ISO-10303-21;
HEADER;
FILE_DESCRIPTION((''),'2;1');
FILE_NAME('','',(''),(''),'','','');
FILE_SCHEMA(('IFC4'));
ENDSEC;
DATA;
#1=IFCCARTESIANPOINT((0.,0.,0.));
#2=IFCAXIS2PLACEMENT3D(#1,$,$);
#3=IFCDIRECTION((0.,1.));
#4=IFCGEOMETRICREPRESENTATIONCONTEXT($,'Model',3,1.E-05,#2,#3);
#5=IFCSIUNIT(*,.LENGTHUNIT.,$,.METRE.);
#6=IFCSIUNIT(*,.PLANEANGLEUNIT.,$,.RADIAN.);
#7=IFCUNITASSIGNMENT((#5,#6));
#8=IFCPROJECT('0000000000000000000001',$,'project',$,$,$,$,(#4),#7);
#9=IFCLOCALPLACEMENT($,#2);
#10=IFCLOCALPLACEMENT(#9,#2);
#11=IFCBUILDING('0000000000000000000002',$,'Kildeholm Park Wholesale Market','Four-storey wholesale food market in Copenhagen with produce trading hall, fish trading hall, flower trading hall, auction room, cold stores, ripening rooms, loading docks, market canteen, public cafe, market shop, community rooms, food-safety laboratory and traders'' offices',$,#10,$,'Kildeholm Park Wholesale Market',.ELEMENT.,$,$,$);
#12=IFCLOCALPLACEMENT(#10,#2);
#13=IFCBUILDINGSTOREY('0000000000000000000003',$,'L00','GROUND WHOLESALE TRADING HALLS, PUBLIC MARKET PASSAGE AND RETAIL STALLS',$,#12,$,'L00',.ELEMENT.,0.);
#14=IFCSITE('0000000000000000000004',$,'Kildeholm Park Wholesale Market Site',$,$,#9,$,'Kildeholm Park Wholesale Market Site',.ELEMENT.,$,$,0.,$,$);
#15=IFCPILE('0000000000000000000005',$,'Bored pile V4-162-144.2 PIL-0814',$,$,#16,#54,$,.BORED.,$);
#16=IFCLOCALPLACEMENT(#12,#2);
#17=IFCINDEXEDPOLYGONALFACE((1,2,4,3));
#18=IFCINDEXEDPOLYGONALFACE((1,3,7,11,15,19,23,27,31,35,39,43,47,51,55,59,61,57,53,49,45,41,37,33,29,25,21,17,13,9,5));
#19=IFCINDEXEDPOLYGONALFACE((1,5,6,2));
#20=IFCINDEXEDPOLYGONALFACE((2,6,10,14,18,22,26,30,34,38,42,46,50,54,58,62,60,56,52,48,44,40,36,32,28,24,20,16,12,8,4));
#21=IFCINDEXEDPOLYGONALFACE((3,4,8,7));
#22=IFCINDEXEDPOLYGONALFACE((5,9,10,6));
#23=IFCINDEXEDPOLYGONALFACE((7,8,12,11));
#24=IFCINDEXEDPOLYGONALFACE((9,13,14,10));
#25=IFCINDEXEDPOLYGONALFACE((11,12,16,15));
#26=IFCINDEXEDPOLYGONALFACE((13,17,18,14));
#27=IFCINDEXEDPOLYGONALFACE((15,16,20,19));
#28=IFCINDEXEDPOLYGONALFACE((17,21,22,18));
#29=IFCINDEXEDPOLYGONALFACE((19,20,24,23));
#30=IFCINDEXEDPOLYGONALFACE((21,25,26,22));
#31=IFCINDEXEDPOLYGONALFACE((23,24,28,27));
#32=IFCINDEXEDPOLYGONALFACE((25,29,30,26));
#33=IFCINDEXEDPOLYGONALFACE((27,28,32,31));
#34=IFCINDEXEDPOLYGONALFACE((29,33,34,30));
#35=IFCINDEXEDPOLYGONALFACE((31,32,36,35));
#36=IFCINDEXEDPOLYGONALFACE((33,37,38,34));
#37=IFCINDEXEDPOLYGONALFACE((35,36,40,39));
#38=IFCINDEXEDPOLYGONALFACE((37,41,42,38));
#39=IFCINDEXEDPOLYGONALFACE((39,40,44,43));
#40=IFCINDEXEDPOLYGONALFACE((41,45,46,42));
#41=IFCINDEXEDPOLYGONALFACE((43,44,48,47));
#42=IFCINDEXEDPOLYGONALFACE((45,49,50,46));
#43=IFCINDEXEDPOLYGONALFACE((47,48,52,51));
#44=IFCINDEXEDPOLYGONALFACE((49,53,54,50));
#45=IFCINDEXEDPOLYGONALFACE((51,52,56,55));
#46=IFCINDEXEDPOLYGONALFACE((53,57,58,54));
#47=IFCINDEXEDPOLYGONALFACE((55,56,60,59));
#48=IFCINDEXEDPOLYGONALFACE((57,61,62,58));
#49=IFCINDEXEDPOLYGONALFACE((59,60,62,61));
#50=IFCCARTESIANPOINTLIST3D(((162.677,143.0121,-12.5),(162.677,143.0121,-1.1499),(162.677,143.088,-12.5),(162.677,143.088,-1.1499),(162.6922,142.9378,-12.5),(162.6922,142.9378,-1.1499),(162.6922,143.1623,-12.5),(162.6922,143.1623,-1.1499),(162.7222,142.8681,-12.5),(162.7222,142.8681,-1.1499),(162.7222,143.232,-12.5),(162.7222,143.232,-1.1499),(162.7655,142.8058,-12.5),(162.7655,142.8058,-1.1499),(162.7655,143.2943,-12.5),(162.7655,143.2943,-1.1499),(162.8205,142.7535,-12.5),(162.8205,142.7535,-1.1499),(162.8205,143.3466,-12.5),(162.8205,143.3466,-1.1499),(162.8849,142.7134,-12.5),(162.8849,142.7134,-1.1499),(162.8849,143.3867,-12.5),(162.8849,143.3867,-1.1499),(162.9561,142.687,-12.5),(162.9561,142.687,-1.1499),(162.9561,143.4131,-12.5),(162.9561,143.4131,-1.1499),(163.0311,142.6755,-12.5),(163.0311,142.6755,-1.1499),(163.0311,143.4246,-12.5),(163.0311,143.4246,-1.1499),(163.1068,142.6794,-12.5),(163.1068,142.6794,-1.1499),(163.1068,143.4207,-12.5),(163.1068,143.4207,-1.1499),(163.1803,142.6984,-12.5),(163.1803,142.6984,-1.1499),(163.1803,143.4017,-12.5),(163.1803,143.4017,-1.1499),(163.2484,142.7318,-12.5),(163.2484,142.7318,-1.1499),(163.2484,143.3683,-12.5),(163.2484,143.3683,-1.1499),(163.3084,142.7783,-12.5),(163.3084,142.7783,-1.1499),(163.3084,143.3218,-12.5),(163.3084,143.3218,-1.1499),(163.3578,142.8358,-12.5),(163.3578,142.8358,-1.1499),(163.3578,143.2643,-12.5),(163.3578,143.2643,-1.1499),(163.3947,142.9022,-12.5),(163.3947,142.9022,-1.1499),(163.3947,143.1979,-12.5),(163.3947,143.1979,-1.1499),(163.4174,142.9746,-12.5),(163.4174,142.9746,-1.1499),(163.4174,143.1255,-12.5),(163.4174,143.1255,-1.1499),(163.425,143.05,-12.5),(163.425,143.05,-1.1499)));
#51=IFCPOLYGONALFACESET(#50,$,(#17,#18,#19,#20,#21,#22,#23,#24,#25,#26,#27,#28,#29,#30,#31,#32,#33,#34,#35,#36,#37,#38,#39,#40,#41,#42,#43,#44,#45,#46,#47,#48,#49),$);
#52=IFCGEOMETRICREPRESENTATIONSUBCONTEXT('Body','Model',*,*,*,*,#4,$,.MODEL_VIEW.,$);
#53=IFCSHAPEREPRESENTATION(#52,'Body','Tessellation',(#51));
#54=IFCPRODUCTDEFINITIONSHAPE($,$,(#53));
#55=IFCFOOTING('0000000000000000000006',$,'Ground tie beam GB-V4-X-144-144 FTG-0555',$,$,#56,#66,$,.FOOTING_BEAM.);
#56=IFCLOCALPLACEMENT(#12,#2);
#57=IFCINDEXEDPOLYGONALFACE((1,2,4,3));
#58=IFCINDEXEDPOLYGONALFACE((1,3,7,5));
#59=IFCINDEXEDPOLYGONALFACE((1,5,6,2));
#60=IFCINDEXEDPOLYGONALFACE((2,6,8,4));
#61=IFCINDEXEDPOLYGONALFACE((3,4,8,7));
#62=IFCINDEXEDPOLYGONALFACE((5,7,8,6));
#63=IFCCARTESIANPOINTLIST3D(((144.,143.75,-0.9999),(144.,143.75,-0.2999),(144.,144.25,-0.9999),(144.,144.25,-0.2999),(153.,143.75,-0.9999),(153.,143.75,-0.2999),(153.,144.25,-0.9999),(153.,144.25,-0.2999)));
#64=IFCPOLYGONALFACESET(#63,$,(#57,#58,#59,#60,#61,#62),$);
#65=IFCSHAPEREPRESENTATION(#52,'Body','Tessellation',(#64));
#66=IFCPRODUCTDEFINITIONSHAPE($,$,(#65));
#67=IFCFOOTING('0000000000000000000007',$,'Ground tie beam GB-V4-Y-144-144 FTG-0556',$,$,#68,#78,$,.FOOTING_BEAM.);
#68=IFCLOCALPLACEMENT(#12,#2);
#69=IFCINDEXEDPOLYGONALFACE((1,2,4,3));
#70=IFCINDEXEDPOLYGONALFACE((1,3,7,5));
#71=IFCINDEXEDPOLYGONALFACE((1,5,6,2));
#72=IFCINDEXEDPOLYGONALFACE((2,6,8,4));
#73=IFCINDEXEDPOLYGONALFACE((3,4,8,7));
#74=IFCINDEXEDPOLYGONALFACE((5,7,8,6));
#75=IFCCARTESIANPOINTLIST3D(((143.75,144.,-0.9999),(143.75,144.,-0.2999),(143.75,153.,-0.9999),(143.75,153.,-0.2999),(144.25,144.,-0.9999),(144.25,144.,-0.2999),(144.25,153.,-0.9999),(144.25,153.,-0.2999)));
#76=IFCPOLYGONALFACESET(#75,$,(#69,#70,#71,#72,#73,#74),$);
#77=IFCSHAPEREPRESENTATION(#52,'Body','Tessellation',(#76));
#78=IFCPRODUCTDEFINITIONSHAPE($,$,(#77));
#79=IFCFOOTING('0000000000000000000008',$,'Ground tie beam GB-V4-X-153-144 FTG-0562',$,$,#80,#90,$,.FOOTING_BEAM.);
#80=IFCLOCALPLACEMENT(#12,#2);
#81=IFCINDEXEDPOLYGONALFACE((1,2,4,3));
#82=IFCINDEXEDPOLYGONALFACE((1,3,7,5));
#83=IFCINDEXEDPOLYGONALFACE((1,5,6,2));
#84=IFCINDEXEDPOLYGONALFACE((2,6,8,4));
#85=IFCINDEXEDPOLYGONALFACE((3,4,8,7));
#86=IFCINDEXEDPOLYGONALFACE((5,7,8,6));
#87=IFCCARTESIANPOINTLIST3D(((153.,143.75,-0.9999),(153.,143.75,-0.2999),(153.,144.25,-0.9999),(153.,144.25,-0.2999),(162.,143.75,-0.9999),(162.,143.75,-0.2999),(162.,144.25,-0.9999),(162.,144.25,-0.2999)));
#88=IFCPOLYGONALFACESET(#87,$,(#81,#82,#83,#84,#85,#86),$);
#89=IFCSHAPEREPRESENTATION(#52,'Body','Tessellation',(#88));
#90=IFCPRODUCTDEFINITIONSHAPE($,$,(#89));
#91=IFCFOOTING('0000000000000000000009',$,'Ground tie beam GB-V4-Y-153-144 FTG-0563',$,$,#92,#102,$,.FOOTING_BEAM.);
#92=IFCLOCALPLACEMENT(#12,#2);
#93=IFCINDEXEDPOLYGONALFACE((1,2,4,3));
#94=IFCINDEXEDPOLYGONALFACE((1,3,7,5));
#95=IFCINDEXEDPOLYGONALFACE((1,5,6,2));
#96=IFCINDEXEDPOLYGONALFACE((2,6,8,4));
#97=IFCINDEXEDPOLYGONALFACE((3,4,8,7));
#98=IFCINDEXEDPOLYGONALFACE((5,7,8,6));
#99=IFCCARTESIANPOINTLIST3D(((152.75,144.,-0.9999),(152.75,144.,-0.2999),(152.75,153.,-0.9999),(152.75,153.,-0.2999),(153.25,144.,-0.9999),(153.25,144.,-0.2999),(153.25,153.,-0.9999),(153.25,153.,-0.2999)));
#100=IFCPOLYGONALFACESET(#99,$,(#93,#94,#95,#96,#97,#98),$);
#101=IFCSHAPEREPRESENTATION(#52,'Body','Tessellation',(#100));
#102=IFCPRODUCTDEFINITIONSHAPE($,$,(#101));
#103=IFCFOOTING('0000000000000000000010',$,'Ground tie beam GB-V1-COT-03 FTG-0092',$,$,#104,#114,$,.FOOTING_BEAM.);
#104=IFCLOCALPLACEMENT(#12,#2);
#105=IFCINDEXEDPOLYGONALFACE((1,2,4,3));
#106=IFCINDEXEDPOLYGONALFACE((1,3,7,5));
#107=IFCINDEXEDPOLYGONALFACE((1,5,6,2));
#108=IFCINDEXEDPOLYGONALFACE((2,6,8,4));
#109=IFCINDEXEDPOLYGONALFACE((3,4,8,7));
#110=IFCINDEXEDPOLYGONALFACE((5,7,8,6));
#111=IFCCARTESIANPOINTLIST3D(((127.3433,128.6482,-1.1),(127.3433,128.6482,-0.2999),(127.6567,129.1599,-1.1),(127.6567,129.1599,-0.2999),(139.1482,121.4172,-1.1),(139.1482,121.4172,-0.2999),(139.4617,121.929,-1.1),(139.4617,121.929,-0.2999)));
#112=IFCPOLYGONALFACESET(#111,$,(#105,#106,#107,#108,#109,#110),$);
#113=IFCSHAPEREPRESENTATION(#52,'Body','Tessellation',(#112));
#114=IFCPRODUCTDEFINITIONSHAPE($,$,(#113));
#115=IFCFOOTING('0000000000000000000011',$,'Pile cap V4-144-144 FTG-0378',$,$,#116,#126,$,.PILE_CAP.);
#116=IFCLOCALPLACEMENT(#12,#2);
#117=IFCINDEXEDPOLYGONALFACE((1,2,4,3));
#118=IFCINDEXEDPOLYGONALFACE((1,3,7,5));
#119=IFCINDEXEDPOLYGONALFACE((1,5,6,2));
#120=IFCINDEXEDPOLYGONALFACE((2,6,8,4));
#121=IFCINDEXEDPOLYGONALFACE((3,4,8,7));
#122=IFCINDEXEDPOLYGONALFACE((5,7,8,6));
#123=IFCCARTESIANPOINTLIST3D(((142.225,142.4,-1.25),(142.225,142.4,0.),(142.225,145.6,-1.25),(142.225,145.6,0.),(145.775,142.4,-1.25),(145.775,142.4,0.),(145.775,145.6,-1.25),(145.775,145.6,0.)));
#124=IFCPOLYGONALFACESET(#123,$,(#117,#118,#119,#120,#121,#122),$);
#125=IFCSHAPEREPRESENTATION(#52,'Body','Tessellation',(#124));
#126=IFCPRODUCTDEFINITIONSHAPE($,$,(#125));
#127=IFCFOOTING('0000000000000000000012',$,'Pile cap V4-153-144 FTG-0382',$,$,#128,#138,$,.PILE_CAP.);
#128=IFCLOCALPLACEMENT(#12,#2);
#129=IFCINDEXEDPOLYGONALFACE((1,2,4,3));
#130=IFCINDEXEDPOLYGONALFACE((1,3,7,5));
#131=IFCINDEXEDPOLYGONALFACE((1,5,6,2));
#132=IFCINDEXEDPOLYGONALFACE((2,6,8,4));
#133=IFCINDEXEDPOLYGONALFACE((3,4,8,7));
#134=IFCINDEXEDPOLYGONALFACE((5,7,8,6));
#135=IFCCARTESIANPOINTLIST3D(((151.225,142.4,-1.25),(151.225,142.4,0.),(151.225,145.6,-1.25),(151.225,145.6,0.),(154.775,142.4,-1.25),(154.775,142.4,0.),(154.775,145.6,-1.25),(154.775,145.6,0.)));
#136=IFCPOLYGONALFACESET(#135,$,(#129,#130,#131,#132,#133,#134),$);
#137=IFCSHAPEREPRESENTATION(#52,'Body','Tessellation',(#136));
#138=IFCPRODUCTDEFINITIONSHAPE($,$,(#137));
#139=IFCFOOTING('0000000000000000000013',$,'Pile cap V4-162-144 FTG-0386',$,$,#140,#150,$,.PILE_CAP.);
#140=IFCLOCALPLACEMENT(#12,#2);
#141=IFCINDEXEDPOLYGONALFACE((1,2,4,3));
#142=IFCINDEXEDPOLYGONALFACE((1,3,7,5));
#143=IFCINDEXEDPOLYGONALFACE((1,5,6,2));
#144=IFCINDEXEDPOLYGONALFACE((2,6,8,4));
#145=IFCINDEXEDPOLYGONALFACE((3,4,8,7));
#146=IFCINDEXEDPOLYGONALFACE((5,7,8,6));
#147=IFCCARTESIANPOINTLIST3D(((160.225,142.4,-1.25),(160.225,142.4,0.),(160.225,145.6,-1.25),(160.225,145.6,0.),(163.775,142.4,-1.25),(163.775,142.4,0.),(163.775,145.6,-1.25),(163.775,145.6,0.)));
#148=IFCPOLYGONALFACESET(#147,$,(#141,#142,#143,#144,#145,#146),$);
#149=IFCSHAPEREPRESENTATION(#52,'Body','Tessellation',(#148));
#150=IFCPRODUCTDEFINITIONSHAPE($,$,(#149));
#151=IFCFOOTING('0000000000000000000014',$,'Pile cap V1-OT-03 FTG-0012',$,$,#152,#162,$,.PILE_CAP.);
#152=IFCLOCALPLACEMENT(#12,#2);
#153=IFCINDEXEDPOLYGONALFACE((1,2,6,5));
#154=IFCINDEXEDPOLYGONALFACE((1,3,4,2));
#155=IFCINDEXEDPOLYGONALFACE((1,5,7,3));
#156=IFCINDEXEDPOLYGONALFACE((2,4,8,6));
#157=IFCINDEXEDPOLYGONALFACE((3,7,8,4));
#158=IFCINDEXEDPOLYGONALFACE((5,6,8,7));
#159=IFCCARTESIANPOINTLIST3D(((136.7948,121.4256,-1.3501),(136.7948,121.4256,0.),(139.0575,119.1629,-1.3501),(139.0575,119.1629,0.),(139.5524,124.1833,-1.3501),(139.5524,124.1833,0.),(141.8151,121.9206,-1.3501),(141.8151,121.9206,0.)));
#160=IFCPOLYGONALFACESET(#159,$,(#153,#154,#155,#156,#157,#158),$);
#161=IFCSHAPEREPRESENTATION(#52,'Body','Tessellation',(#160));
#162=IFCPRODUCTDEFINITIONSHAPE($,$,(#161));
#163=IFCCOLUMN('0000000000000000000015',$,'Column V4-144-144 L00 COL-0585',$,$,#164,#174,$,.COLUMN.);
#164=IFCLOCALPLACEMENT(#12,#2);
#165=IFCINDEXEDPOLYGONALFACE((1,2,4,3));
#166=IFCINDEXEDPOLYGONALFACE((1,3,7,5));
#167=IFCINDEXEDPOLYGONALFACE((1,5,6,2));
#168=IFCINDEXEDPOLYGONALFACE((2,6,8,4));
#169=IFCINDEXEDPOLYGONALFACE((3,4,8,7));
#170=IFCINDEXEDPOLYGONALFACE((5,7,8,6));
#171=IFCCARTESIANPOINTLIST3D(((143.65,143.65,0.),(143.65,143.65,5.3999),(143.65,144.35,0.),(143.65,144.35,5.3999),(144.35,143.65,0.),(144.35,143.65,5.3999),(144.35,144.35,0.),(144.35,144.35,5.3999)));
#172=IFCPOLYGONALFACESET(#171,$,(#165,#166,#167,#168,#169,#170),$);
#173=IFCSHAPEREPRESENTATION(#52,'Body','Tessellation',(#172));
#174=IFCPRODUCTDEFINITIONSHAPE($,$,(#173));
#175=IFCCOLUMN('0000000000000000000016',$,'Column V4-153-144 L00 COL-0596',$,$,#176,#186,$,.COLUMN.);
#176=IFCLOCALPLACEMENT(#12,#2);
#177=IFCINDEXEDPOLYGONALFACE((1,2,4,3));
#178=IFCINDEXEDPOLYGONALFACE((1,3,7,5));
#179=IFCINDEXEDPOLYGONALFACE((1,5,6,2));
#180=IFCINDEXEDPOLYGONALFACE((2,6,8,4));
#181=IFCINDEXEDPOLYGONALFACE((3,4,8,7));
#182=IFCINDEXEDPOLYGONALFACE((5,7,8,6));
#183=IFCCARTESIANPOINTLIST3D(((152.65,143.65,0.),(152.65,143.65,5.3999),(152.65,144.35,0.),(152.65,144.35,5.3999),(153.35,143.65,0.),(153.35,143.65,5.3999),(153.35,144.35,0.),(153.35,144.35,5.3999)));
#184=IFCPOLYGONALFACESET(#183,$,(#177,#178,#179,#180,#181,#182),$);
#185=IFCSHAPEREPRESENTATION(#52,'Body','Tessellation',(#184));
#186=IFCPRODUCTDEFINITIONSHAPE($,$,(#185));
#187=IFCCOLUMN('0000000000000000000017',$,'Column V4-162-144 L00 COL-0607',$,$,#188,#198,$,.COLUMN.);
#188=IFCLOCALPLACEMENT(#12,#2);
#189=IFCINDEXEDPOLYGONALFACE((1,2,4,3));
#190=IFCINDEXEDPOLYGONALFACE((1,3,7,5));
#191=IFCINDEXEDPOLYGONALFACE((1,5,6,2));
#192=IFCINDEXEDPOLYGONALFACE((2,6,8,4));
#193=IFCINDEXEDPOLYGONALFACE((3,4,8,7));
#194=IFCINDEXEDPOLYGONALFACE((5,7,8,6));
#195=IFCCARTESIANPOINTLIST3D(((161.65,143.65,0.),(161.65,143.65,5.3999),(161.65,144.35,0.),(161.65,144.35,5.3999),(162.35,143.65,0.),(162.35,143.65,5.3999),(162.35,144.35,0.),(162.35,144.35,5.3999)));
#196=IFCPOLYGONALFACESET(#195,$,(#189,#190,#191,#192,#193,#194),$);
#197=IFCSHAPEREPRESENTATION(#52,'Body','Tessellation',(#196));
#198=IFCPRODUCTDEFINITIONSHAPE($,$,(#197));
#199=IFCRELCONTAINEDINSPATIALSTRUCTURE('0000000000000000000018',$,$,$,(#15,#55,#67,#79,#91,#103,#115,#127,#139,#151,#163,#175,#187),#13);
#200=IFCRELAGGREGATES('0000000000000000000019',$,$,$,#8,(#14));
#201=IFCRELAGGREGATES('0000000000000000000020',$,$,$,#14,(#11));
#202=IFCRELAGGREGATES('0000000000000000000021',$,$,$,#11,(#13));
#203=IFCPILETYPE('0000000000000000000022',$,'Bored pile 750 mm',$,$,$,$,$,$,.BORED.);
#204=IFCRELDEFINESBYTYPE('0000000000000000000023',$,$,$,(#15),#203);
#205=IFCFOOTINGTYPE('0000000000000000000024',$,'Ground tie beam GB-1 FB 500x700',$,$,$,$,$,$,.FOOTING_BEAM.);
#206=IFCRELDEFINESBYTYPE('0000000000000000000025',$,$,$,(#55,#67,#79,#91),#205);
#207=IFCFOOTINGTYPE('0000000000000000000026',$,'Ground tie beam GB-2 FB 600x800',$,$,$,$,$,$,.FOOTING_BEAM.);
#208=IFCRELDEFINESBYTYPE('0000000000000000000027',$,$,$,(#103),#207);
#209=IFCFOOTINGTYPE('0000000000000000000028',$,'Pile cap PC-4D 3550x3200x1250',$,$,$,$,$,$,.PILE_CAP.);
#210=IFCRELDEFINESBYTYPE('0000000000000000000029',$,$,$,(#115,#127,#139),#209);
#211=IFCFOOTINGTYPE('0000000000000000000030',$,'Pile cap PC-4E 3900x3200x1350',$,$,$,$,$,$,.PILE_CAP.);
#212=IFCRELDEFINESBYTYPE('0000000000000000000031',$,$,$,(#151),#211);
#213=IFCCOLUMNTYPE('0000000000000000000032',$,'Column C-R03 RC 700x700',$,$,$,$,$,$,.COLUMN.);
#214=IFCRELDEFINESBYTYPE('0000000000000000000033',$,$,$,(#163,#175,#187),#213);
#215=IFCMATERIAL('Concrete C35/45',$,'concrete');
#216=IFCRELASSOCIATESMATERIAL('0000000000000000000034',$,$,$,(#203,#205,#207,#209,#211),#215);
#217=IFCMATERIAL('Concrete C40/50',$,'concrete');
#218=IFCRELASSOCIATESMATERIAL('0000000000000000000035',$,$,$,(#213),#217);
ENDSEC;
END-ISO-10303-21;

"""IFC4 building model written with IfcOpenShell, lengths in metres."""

from ifc_helpers import new_model, si_unit, direction, frame, origin, origin_2d, place, context, subcontext, project, spatial, rectangle, circle, extrude, material, material_profile, profile_set, type_object, element, save


model = new_model("IFC4")

# Units and contexts
model_context = context("Model", 3, precision=1e-05, world=origin(), true_north=direction((0.0, 1.0)))
body_context = subcontext(model_context, "Body", "Model", "MODEL_VIEW")
ifc_project = project(units=[si_unit("LENGTHUNIT", "METRE"), si_unit("PLANEANGLEUNIT", "RADIAN")], contexts=[model_context])

# Site, building, storey
site_placement = place(None, origin())
site = spatial("IfcSite", under=ifc_project, at=site_placement, Name="Kildeholm Park Wholesale Market Site", LongName="Kildeholm Park Wholesale Market Site", CompositionType="ELEMENT", RefElevation=0.0)
building_placement = place(site_placement, origin())
building = spatial("IfcBuilding", under=site, at=building_placement, Name="Kildeholm Park Wholesale Market", Description="Four-storey wholesale food market in Copenhagen with produce trading hall, fish trading hall, flower trading hall, auction room, cold stores, ripening rooms, loading docks, market canteen, public cafe, market shop, community rooms, food-safety laboratory and traders' offices", LongName="Kildeholm Park Wholesale Market", CompositionType="ELEMENT")
storey_placement = place(building_placement, origin())
storey = spatial("IfcBuildingStorey", under=building, at=storey_placement, Name="L00", Description="GROUND WHOLESALE TRADING HALLS, PUBLIC MARKET PASSAGE AND RETAIL STALLS", LongName="L00", CompositionType="ELEMENT", Elevation=0.0)

# Pile
ifc_material_1 = material(Name="Concrete C35/45", Category="concrete")
ifc_material_profile_1 = material_profile(ifc_material_1, circle(Radius=0.375, at=origin_2d()), Name="PILE D750")
ifc_profile_set_1 = profile_set([ifc_material_profile_1], Name="Concrete C35/45")
pile_type = type_object("IfcPileType", Name="Bored pile 750 mm", PredefinedType="BORED", material=ifc_profile_set_1)
for number, where, z_axis, x_axis, name in (
    (1, (163.05, 143.05, -1.1499), (0.0, 0.0, -1.0), (1.0, 0.0, 0.0), "Bored pile V4-162-144.2 PIL-0814"),
):
    element("IfcPile", number, at=place(storey_placement, frame(where, z_axis=z_axis, x_axis=x_axis)), inside=storey, type_object=pile_type, Name=name, PredefinedType="BORED", context=body_context, shape_type="SweptSolid", body=[
        extrude(circle(Radius=0.375, at=origin_2d()), origin(), (0.0, 0.0, 1.0), 11.3501),
    ])

# Footings
ifc_material_profile_2 = material_profile(ifc_material_1, rectangle(XDim=0.5, YDim=0.7, at=origin_2d()), Name="FB 500x700")
ifc_profile_set_2 = profile_set([ifc_material_profile_2], Name="Concrete C35/45")
footing_type_1 = type_object("IfcFootingType", Name="Ground tie beam GB-1 FB 500x700", PredefinedType="FOOTING_BEAM", material=ifc_profile_set_2)
for number, where, z_axis, x_axis, name in (
    (2, (144.0, 144.0, -0.6499), (1.0, 0.0, 0.0), (0.0, 1.0, 0.0), "Ground tie beam GB-V4-X-144-144 FTG-0555"),
    (3, (144.0, 144.0, -0.6499), (0.0, 1.0, 0.0), (-1.0, 0.0, 0.0), "Ground tie beam GB-V4-Y-144-144 FTG-0556"),
    (4, (153.0, 144.0, -0.6499), (1.0, 0.0, 0.0), (0.0, 1.0, 0.0), "Ground tie beam GB-V4-X-153-144 FTG-0562"),
    (5, (153.0, 144.0, -0.6499), (0.0, 1.0, 0.0), (-1.0, 0.0, 0.0), "Ground tie beam GB-V4-Y-153-144 FTG-0563"),
):
    element("IfcFooting", number, at=place(storey_placement, frame(where, z_axis=z_axis, x_axis=x_axis)), inside=storey, type_object=footing_type_1, Name=name, PredefinedType="FOOTING_BEAM", context=body_context, shape_type="SweptSolid", body=[
        extrude(rectangle(XDim=0.5, YDim=0.7, at=origin_2d()), origin(), (0.0, 0.0, 1.0), 9.0),
    ])
ifc_material_profile_3 = material_profile(ifc_material_1, rectangle(XDim=0.6001, YDim=0.8, at=origin_2d()), Name="FB 600x800")
ifc_profile_set_3 = profile_set([ifc_material_profile_3], Name="Concrete C35/45")
footing_type_2 = type_object("IfcFootingType", Name="Ground tie beam GB-2 FB 600x800", PredefinedType="FOOTING_BEAM", material=ifc_profile_set_3)
footing_1_placement = place(storey_placement, frame((139.3049, 121.6731, -0.7), z_axis=(-0.85274, 0.522335, 0.0), x_axis=(-0.522335, -0.85274, 0.0)))
element("IfcFooting", 6, at=footing_1_placement, inside=storey, type_object=footing_type_2, Name="Ground tie beam GB-V1-COT-03 FTG-0092", PredefinedType="FOOTING_BEAM", context=body_context, shape_type="SweptSolid", body=[
    extrude(rectangle(XDim=0.6001, YDim=0.8, at=origin_2d()), origin(), (0.0, 0.0, 1.0), 13.8435),
])
footing_type_3 = type_object("IfcFootingType", Name="Pile cap PC-4D 3550x3200x1250", PredefinedType="PILE_CAP", material=ifc_material_1)
for number, where, z_axis, x_axis, name in (
    (7, (144.0, 144.0, -1.25), (0.0, 0.0, 1.0), (1.0, 0.0, 0.0), "Pile cap V4-144-144 FTG-0378"),
    (8, (153.0, 144.0, -1.25), (0.0, 0.0, 1.0), (1.0, 0.0, 0.0), "Pile cap V4-153-144 FTG-0382"),
    (9, (162.0, 144.0, -1.25), (0.0, 0.0, 1.0), (1.0, 0.0, 0.0), "Pile cap V4-162-144 FTG-0386"),
):
    element("IfcFooting", number, at=place(storey_placement, frame(where, z_axis=z_axis, x_axis=x_axis)), inside=storey, type_object=footing_type_3, Name=name, PredefinedType="PILE_CAP", context=body_context, shape_type="SweptSolid", body=[
        extrude(rectangle(XDim=3.55, YDim=3.2, at=origin_2d()), origin(), (0.0, 0.0, 1.0), 1.25),
    ])
footing_type_4 = type_object("IfcFootingType", Name="Pile cap PC-4E 3900x3200x1350", PredefinedType="PILE_CAP", material=ifc_material_1)
footing_2_placement = place(storey_placement, frame((139.3049, 121.6731, -1.3501), z_axis=(0.0, 0.0, 1.0), x_axis=(0.707107, 0.707107, 0.0)))
element("IfcFooting", 10, at=footing_2_placement, inside=storey, type_object=footing_type_4, Name="Pile cap V1-OT-03 FTG-0012", PredefinedType="PILE_CAP", context=body_context, shape_type="SweptSolid", body=[
    extrude(rectangle(XDim=3.8999, YDim=3.2, at=origin_2d()), origin(), (0.0, 0.0, 1.0), 1.3501),
])

# Columns
ifc_material_2 = material(Name="Concrete C40/50", Category="concrete")
ifc_material_profile_4 = material_profile(ifc_material_2, rectangle(XDim=0.7, YDim=0.7, at=origin_2d()), Name="RC 700x700")
ifc_profile_set_4 = profile_set([ifc_material_profile_4], Name="Concrete C40/50")
column_type_1 = type_object("IfcColumnType", Name="Column C-R03 RC 700x700", PredefinedType="COLUMN", material=ifc_profile_set_4)
for number, where, z_axis, x_axis, name in (
    (11, (144.0, 144.0, 0.0), (0.0, 0.0, 1.0), (1.0, 0.0, 0.0), "Column V4-144-144 L00 COL-0585"),
    (12, (153.0, 144.0, 0.0), (0.0, 0.0, 1.0), (1.0, 0.0, 0.0), "Column V4-153-144 L00 COL-0596"),
    (13, (162.0, 144.0, 0.0), (0.0, 0.0, 1.0), (1.0, 0.0, 0.0), "Column V4-162-144 L00 COL-0607"),
):
    element("IfcColumn", number, at=place(storey_placement, frame(where, z_axis=z_axis, x_axis=x_axis)), inside=storey, type_object=column_type_1, Name=name, PredefinedType="COLUMN", context=body_context, shape_type="SweptSolid", body=[
        extrude(rectangle(XDim=0.7, YDim=0.7, at=origin_2d()), origin(), (0.0, 0.0, 1.0), 5.3999),
    ])

save(model, "model.ifc")
